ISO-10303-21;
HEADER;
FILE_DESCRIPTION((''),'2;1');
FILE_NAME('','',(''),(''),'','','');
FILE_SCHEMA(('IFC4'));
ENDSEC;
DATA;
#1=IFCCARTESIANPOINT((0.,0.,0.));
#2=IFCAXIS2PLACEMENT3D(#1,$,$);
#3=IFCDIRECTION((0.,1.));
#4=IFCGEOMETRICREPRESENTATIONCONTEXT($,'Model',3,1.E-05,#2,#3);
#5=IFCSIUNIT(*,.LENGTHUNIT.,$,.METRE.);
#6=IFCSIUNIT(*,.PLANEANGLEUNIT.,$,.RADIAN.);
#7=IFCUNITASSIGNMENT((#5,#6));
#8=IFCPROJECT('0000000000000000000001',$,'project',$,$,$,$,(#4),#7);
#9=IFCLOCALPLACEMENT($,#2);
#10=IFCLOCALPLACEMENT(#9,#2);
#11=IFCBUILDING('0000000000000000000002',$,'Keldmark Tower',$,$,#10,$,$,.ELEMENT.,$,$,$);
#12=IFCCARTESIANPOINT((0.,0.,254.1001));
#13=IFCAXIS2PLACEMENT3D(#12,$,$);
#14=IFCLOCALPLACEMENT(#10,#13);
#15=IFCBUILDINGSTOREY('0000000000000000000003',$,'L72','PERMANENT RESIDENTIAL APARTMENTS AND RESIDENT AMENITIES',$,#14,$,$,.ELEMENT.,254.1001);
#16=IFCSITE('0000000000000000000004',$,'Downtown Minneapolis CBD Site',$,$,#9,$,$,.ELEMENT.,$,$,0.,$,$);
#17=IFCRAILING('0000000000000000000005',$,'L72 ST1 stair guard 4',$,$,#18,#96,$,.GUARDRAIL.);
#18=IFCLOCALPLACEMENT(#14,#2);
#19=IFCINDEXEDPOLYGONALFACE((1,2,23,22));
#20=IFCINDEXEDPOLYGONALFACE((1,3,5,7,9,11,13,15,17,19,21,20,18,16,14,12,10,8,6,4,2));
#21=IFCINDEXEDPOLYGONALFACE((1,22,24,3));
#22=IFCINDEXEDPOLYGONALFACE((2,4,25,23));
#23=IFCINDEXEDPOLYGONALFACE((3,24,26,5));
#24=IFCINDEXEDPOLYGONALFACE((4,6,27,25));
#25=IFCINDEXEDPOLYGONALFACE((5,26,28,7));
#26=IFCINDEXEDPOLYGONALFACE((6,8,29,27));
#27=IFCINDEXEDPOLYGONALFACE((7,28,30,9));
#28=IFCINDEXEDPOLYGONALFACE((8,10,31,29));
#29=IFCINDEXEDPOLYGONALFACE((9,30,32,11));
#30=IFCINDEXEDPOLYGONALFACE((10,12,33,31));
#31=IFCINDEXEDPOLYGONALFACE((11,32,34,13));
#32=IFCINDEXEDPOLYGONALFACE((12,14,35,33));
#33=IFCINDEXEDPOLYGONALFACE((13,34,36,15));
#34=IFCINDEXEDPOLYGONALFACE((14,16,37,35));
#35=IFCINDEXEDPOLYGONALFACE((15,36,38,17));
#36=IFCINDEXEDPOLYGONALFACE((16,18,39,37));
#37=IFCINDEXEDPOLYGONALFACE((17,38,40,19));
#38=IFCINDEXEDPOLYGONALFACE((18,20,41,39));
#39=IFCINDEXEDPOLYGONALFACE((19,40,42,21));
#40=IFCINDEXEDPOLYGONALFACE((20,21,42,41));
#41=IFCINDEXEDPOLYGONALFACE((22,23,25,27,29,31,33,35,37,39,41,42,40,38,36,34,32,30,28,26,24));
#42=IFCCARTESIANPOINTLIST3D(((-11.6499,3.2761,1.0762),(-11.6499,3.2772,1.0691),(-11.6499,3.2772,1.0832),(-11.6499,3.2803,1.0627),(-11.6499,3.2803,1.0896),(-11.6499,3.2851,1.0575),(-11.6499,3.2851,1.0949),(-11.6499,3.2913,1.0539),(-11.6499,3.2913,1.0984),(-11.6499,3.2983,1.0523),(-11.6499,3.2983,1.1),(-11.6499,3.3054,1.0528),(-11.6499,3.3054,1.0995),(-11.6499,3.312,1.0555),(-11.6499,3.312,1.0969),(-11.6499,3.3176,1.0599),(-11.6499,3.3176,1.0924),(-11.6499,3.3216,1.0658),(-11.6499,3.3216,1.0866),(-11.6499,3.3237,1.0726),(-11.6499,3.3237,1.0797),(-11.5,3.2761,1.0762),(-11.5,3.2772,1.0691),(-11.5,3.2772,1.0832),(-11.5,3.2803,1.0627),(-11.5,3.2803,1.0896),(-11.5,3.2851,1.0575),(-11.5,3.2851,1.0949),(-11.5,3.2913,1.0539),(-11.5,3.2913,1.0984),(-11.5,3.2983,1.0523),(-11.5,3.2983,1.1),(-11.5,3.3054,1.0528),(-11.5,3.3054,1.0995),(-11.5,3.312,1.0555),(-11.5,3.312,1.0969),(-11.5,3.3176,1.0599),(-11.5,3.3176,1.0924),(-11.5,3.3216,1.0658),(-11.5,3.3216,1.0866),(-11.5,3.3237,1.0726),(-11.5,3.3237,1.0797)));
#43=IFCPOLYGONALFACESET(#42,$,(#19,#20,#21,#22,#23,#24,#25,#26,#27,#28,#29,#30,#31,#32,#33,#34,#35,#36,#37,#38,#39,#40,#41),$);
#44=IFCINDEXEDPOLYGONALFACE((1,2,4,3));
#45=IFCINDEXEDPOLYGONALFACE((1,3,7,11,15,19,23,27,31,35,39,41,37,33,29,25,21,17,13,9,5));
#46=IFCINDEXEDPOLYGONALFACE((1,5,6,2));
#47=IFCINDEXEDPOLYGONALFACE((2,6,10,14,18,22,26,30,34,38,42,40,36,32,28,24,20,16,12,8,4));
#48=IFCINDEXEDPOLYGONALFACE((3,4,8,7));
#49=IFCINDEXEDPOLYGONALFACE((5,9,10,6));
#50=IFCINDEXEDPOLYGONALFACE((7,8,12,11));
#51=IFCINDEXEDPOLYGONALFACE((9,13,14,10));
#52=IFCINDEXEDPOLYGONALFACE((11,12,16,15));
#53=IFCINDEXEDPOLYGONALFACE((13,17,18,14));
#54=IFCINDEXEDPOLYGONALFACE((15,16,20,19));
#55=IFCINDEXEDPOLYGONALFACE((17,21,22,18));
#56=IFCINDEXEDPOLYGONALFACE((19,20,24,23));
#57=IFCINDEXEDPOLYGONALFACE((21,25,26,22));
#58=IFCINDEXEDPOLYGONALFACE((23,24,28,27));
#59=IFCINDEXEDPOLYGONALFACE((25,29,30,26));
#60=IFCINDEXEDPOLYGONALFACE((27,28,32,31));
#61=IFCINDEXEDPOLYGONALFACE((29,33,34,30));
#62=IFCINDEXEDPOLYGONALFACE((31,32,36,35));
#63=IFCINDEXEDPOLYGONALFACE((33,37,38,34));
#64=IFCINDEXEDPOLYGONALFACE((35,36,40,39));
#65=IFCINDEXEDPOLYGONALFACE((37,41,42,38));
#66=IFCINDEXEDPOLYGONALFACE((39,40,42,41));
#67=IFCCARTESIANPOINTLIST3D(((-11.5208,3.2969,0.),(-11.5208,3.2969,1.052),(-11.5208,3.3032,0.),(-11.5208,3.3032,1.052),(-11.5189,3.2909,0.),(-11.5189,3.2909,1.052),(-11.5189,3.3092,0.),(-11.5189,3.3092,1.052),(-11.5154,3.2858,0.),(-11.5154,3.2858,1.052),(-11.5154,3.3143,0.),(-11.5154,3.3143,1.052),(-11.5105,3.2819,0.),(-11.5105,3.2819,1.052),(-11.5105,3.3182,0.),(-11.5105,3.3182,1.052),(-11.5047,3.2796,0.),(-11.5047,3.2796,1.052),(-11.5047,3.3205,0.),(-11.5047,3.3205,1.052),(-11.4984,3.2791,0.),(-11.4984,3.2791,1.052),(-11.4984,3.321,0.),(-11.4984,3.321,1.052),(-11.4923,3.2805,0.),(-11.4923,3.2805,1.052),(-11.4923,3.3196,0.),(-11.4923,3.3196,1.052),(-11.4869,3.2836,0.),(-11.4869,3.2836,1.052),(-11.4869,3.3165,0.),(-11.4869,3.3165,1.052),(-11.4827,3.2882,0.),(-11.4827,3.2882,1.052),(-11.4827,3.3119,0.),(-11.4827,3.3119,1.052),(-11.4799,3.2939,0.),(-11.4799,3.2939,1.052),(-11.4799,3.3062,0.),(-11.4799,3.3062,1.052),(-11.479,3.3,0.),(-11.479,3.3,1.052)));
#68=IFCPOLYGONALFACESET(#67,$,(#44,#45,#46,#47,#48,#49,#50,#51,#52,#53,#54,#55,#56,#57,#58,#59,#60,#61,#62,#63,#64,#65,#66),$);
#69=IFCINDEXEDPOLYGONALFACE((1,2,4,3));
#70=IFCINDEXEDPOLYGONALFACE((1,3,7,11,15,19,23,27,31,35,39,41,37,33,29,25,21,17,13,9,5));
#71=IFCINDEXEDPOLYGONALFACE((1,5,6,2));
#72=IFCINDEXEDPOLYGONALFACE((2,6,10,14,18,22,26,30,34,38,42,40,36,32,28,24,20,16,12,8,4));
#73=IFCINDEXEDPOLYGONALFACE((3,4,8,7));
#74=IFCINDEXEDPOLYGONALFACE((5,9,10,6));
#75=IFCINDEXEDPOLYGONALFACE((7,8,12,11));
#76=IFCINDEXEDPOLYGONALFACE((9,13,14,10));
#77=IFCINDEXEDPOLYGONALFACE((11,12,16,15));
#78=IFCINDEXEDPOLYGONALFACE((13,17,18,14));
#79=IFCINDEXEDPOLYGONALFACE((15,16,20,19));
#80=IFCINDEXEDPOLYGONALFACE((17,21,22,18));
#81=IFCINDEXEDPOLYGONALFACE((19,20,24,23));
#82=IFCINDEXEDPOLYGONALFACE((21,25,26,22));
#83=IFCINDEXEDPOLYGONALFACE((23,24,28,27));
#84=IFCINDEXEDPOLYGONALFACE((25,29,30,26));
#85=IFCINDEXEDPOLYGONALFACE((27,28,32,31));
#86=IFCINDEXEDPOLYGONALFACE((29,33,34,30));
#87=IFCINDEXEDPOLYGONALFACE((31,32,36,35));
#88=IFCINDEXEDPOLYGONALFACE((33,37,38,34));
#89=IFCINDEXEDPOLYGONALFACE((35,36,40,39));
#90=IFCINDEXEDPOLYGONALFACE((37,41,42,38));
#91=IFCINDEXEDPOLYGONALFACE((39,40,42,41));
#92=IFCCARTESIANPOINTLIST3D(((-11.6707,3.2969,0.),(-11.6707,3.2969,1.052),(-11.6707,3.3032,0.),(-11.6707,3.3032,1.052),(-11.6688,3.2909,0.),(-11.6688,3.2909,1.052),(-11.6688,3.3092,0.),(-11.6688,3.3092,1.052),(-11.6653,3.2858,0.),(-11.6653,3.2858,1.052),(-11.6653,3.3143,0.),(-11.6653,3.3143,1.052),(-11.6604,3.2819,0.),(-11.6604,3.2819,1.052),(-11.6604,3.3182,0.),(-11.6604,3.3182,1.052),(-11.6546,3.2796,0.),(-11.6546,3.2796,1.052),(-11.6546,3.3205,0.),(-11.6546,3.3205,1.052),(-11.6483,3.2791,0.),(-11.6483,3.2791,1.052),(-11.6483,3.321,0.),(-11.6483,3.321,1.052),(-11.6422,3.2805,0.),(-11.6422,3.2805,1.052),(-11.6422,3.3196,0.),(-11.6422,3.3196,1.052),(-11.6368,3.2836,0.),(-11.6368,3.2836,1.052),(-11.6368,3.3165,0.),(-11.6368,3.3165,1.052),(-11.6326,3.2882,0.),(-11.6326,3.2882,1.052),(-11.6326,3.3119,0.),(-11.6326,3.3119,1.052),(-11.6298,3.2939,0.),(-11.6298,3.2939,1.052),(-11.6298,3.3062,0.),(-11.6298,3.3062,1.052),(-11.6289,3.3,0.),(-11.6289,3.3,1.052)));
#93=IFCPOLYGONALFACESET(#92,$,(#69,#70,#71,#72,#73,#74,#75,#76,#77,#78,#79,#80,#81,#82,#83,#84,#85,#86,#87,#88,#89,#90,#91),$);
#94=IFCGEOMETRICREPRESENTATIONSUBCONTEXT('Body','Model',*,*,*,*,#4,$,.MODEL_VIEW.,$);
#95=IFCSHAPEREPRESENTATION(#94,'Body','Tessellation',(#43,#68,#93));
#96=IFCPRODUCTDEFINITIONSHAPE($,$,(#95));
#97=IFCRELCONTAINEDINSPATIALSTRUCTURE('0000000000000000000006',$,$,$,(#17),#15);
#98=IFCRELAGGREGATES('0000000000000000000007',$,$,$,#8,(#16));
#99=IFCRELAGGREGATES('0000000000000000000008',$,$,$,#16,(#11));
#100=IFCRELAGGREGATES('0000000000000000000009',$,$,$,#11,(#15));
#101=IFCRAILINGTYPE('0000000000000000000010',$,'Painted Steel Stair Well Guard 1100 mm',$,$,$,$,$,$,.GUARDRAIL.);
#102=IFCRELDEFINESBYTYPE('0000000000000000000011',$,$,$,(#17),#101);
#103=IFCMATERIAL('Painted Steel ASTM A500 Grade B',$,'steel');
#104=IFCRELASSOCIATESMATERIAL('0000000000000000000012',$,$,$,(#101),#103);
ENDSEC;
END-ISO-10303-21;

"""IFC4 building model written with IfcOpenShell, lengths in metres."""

from ifc_helpers import new_model, si_unit, direction, frame, origin, origin_2d, place, context, subcontext, project, spatial, circle, extrude, material, type_object, element, save


model = new_model("IFC4")

# Units and contexts
model_context = context("Model", 3, precision=1e-05, world=origin(), true_north=direction((0.0, 1.0)))
body_context = subcontext(model_context, "Body", "Model", "MODEL_VIEW")
ifc_project = project(units=[si_unit("LENGTHUNIT", "METRE"), si_unit("PLANEANGLEUNIT", "RADIAN")], contexts=[model_context])

# Site, building, storey
site_placement = place(None, origin())
site = spatial("IfcSite", under=ifc_project, at=site_placement, Name="Downtown Minneapolis CBD Site", CompositionType="ELEMENT", RefElevation=0.0)
building_placement = place(site_placement, origin())
building = spatial("IfcBuilding", under=site, at=building_placement, Name="Keldmark Tower", CompositionType="ELEMENT")
storey_placement = place(building_placement, frame((0.0, 0.0, 254.1001)))
storey = spatial("IfcBuildingStorey", under=building, at=storey_placement, Name="L72", Description="PERMANENT RESIDENTIAL APARTMENTS AND RESIDENT AMENITIES", CompositionType="ELEMENT", Elevation=254.1001)

# Railing
ifc_material_1 = material(Name="Painted Steel ASTM A500 Grade B", Category="steel")
railing_type_1 = type_object("IfcRailingType", Name="Painted Steel Stair Well Guard 1100 mm", PredefinedType="GUARDRAIL", material=ifc_material_1)
railing_1_placement = place(storey_placement, frame((-11.5, 3.3, 0.0)))
element("IfcRailing", 1, at=railing_1_placement, inside=storey, type_object=railing_type_1, Name="L72 ST1 stair guard 4", PredefinedType="GUARDRAIL", context=body_context, shape_type="SweptSolid", body=[
    extrude(circle(Radius=0.0239, at=origin_2d()), frame((0.0, 0.0, 1.0762), z_axis=(-1.0, 0.0, 0.0), x_axis=(0.0, -1.0, 0.0)), (0.0, 0.0, 1.0), 0.1499),
    extrude(circle(Radius=0.021, at=origin_2d()), origin(), (0.0, 0.0, 1.0), 1.052),
    extrude(circle(Radius=0.021, at=origin_2d()), frame((-0.1499, 0.0, 0.0)), (0.0, 0.0, 1.0), 1.052),
])

save(model, "model.ifc")
